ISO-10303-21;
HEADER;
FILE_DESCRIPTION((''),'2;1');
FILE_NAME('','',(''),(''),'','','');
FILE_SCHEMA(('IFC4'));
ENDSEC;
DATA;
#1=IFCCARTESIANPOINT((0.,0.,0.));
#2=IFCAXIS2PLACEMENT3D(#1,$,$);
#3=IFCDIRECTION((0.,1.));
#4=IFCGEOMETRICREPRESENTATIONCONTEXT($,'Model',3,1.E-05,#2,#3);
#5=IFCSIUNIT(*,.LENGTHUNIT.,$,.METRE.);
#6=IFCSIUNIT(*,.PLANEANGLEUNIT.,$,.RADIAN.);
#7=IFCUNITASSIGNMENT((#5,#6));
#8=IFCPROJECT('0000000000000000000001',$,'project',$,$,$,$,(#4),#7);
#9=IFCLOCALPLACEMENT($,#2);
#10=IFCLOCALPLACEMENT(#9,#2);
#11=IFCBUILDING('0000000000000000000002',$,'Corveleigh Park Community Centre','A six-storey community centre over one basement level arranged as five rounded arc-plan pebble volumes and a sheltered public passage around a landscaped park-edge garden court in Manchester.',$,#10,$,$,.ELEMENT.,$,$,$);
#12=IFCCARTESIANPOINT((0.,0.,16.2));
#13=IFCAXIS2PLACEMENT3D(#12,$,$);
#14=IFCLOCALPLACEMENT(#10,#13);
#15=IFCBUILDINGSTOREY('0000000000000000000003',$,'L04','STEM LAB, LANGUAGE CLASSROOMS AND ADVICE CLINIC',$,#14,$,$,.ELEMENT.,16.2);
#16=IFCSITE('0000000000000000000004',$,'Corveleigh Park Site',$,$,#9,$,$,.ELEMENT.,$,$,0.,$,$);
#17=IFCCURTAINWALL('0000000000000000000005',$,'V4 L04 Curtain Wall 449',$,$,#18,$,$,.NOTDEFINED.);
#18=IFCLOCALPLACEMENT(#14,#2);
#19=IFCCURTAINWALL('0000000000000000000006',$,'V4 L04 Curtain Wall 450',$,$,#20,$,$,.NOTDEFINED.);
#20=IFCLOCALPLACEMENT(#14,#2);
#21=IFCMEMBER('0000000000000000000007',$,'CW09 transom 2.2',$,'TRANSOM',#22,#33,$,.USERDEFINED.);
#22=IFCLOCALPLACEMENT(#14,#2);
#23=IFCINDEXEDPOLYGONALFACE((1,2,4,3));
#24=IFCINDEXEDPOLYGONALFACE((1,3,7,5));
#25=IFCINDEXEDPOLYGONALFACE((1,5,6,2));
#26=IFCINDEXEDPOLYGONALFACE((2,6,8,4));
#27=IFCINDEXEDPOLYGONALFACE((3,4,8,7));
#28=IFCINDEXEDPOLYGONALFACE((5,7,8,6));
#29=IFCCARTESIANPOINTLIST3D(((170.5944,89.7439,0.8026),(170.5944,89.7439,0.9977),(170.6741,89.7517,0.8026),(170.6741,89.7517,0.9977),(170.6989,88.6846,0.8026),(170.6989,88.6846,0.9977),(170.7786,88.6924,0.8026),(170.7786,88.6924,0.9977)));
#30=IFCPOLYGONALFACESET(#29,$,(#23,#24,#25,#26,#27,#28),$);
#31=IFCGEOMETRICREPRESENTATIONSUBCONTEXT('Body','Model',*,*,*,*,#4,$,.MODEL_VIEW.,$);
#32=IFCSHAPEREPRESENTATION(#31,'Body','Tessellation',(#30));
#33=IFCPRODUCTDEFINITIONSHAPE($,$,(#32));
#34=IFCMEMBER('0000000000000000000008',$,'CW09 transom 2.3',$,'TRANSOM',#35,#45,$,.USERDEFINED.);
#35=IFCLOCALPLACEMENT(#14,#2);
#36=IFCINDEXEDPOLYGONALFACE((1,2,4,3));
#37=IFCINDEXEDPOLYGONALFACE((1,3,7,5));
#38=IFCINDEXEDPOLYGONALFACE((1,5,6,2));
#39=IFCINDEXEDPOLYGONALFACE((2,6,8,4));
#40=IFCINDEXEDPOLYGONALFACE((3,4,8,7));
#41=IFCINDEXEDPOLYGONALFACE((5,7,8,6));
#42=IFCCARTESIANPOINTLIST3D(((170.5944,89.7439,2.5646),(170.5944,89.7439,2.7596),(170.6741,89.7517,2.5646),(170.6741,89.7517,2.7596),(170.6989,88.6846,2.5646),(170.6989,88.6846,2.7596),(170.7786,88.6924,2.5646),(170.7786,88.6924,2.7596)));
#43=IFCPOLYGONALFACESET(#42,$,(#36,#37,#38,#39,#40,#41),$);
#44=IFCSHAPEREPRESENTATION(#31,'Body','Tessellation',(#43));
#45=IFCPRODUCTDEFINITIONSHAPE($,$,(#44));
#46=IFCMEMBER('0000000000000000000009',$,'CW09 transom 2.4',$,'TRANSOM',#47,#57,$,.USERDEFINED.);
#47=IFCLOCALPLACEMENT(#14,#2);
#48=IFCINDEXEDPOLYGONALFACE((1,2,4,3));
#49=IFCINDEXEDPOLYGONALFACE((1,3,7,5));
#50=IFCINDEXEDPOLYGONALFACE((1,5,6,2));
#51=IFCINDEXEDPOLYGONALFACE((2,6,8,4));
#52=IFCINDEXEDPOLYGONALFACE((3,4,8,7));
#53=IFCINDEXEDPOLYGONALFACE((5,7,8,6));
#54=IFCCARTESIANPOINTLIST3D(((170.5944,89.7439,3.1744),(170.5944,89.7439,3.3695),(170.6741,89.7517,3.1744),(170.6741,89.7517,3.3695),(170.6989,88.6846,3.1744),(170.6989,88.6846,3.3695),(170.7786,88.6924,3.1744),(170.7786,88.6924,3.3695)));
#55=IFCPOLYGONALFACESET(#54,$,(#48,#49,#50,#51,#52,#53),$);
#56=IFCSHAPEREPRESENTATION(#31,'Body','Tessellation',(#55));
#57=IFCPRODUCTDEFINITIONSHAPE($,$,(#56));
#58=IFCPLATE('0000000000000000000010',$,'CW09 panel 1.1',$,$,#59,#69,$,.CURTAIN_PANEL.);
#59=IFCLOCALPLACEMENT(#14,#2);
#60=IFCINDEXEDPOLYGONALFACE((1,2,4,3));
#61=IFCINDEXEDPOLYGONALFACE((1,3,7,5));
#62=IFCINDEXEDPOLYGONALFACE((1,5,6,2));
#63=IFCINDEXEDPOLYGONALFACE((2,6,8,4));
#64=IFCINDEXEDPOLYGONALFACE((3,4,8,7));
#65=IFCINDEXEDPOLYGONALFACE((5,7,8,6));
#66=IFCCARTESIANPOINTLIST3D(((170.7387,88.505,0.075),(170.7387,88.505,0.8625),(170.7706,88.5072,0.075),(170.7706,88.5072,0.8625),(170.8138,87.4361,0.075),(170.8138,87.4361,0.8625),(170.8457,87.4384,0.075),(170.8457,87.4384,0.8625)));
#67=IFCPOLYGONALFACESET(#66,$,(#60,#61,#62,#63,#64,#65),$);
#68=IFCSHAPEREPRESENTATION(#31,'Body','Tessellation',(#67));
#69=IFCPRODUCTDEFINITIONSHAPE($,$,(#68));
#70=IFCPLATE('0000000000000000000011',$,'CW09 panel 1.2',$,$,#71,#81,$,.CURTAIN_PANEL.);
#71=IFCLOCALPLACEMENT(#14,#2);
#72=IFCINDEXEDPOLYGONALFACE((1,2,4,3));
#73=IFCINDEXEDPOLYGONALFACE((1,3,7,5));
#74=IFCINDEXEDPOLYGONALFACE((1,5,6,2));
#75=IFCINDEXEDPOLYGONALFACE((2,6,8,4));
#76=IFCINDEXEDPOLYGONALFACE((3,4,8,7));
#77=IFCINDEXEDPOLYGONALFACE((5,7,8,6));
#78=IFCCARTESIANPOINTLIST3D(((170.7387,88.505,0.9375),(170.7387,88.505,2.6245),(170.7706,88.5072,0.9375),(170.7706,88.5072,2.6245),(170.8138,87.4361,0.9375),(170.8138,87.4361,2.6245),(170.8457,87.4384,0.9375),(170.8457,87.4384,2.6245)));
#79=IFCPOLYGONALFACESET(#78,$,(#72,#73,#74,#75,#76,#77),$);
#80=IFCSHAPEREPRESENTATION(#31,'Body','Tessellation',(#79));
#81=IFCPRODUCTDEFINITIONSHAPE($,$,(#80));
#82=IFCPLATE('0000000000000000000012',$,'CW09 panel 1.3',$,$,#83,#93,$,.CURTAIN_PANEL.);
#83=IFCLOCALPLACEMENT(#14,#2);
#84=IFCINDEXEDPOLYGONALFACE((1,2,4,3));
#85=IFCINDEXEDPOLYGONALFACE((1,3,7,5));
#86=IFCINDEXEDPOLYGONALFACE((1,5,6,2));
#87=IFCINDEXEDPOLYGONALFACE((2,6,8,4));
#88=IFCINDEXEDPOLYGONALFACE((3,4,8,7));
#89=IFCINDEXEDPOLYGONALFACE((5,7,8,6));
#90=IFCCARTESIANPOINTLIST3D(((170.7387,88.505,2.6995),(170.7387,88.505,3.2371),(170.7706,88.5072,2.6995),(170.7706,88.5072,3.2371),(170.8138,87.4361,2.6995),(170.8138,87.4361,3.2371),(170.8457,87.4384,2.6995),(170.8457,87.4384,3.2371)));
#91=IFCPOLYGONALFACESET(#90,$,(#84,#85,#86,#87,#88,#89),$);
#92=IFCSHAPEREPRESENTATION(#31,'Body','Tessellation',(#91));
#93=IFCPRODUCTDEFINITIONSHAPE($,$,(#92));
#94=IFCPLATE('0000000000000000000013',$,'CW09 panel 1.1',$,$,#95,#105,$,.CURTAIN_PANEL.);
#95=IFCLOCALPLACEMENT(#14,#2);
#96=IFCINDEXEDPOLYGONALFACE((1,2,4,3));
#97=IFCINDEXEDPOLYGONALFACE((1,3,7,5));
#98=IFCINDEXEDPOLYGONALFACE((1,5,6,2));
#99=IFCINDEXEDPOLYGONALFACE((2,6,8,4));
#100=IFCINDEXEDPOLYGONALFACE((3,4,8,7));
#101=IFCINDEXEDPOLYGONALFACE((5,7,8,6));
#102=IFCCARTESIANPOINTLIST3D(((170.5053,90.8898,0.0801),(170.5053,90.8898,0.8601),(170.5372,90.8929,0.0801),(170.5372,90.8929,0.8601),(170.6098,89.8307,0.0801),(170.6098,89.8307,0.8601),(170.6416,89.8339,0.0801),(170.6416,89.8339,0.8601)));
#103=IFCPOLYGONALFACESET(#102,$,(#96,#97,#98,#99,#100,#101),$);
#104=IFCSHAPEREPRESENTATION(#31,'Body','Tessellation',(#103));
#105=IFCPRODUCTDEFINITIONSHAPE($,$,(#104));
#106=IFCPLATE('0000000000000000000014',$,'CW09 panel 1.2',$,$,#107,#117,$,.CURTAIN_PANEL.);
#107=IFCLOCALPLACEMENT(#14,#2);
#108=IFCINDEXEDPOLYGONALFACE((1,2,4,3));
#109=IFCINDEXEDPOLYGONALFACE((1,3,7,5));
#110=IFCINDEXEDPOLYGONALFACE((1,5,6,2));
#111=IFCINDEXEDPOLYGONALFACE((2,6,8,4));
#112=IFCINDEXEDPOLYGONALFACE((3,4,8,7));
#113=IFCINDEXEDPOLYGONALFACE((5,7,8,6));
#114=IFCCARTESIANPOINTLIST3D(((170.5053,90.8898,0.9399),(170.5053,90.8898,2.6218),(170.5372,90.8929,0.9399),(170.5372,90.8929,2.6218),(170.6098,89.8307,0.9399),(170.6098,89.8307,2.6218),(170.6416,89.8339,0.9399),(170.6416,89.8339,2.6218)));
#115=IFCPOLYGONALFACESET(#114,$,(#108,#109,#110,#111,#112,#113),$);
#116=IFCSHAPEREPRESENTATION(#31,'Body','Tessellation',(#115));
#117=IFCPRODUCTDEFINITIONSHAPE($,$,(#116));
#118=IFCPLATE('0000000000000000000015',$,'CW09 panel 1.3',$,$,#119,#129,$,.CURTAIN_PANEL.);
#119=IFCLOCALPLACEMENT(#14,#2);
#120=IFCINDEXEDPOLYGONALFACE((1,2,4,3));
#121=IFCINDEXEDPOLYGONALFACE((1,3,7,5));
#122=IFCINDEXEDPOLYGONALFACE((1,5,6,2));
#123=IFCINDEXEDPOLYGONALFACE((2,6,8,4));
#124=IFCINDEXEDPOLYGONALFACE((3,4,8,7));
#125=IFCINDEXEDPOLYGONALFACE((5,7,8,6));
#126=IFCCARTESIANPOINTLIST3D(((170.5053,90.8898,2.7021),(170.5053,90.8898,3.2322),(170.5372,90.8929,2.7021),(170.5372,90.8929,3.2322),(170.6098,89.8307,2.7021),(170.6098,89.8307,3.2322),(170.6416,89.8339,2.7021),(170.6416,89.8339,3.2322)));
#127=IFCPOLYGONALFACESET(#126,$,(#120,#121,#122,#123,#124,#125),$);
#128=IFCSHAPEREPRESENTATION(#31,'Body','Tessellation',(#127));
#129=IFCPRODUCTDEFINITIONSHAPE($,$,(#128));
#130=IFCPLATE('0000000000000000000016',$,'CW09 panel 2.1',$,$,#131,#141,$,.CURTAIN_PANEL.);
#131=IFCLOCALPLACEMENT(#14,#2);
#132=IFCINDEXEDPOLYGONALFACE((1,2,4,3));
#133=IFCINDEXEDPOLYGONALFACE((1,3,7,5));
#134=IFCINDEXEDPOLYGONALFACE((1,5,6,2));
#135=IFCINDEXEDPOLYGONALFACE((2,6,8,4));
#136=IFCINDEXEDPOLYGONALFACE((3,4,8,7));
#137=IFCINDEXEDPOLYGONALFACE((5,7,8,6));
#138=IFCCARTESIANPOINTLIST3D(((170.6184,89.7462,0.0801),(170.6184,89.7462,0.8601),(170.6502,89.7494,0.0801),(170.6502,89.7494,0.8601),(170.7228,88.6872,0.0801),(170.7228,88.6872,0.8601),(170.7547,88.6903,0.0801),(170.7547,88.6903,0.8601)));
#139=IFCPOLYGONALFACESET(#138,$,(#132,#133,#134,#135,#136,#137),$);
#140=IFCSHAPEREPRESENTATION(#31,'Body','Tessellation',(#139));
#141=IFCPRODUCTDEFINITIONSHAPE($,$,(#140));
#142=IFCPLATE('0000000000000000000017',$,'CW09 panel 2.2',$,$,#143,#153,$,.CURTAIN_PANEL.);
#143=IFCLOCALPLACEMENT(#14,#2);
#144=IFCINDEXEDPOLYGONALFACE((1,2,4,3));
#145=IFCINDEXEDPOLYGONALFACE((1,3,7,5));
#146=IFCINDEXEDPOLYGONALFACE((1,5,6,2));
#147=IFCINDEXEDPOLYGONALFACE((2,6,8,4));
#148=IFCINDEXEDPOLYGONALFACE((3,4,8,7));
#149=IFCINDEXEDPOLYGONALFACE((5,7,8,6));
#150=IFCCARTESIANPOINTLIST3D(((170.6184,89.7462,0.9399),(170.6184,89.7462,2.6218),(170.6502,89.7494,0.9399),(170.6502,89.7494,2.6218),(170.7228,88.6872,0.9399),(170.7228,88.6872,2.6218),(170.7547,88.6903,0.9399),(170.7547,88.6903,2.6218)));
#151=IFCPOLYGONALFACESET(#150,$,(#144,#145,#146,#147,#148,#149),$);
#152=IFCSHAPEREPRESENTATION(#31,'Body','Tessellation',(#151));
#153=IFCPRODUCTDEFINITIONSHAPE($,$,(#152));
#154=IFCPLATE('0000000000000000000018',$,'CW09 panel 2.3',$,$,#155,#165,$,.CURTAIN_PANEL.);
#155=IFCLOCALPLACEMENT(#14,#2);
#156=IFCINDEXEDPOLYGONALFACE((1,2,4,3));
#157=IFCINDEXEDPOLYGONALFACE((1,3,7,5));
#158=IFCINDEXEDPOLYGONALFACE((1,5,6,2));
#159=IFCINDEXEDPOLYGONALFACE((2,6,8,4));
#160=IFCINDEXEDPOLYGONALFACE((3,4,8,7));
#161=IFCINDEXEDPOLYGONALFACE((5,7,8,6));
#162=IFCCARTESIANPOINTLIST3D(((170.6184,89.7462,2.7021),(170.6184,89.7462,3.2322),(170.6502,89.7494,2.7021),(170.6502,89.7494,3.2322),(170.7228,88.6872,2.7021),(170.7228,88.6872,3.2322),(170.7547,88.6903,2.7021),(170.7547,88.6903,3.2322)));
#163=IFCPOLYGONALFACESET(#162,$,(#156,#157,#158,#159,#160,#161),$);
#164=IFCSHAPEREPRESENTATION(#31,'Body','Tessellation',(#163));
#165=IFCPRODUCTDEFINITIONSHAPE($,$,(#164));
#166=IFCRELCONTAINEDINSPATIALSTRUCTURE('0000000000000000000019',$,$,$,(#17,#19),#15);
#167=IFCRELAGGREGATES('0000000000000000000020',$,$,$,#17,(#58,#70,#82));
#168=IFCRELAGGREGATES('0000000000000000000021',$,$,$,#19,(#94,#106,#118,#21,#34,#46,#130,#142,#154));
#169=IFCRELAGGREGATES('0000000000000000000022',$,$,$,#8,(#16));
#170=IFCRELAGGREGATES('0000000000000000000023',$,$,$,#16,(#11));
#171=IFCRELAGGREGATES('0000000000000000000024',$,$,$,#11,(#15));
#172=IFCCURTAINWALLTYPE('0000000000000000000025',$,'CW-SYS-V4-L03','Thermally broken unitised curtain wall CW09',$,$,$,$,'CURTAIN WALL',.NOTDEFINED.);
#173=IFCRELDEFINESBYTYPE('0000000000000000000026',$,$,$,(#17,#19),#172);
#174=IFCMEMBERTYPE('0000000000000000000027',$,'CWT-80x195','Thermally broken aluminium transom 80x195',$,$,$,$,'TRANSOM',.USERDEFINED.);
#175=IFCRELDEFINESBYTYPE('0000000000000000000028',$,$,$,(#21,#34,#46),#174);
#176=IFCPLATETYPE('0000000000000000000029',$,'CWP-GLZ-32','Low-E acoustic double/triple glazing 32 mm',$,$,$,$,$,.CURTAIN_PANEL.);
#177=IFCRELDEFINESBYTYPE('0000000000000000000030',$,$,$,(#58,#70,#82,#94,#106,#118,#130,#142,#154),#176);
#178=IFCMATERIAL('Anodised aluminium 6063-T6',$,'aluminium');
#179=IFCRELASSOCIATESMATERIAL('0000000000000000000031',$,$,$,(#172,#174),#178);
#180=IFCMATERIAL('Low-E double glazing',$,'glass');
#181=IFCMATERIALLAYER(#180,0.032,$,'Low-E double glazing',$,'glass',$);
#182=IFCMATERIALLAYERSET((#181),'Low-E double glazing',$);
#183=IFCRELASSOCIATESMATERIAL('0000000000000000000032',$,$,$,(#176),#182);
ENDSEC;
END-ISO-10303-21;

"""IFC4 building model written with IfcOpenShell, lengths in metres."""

from ifc_helpers import new_model, si_unit, direction, frame, origin, origin_2d, place, context, subcontext, project, spatial, rectangle, extrude, material, layer, layer_set, material_profile, profile_set, type_object, element, aggregate, save


model = new_model("IFC4")

# Units and contexts
model_context = context("Model", 3, precision=1e-05, world=origin(), true_north=direction((0.0, 1.0)))
body_context = subcontext(model_context, "Body", "Model", "MODEL_VIEW")
ifc_project = project(units=[si_unit("LENGTHUNIT", "METRE"), si_unit("PLANEANGLEUNIT", "RADIAN")], contexts=[model_context])

# Site, building, storey
site_placement = place(None, origin())
site = spatial("IfcSite", under=ifc_project, at=site_placement, Name="Corveleigh Park Site", CompositionType="ELEMENT", RefElevation=0.0)
building_placement = place(site_placement, origin())
building = spatial("IfcBuilding", under=site, at=building_placement, Name="Corveleigh Park Community Centre", Description="A six-storey community centre over one basement level arranged as five rounded arc-plan pebble volumes and a sheltered public passage around a landscaped park-edge garden court in Manchester.", CompositionType="ELEMENT")
storey_placement = place(building_placement, frame((0.0, 0.0, 16.2)))
storey = spatial("IfcBuildingStorey", under=building, at=storey_placement, Name="L04", Description="STEM LAB, LANGUAGE CLASSROOMS AND ADVICE CLINIC", CompositionType="ELEMENT", Elevation=16.2)

# Curtain walls
ifc_material_1 = material(Name="Anodised aluminium 6063-T6", Category="aluminium")
curtain_wall_type = type_object("IfcCurtainWallType", Name="CW-SYS-V4-L03", Description="Thermally broken unitised curtain wall CW09", ElementType="CURTAIN WALL", PredefinedType="NOTDEFINED", material=ifc_material_1)
curtain_wall_1_placement = place(storey_placement, origin())
curtain_wall_1 = element("IfcCurtainWall", 1, at=curtain_wall_1_placement, inside=storey, type_object=curtain_wall_type, Name="V4 L04 Curtain Wall 449", PredefinedType="NOTDEFINED")
curtain_wall_2_placement = place(storey_placement, origin())
curtain_wall_2 = element("IfcCurtainWall", 2, at=curtain_wall_2_placement, inside=storey, type_object=curtain_wall_type, Name="V4 L04 Curtain Wall 450", PredefinedType="NOTDEFINED")

# Members
ifc_material_profile_1 = material_profile(ifc_material_1, rectangle(XDim=0.0801, YDim=0.1951, at=origin_2d()), Name="ALU-T80x195", Category="aluminium")
ifc_profile_set_1 = profile_set([ifc_material_profile_1], Name="Anodised aluminium 6063-T6")
member_type_1 = type_object("IfcMemberType", Name="CWT-80x195", Description="Thermally broken aluminium transom 80x195", ElementType="TRANSOM", PredefinedType="USERDEFINED", material=ifc_profile_set_1)
member_1_placement = place(storey_placement, frame((170.6343, 89.7478, 0.9001), z_axis=(0.098164, -0.99517, 0.0), x_axis=(0.99517, 0.098164, 0.0)))
member_1 = element("IfcMember", 3, at=member_1_placement, type_object=member_type_1, Name="CW09 transom 2.2", ObjectType="TRANSOM", PredefinedType="USERDEFINED", context=body_context, shape_type="SweptSolid", body=[
    extrude(rectangle(XDim=0.0801, YDim=0.1951, at=origin_2d()), origin(), (0.0, 0.0, 1.0), 1.0645),
])
member_2_placement = place(storey_placement, frame((170.6343, 89.7478, 2.6621), z_axis=(0.098164, -0.99517, 0.0), x_axis=(0.99517, 0.098164, 0.0)))
member_2 = element("IfcMember", 4, at=member_2_placement, type_object=member_type_1, Name="CW09 transom 2.3", ObjectType="TRANSOM", PredefinedType="USERDEFINED", context=body_context, shape_type="SweptSolid", body=[
    extrude(rectangle(XDim=0.0801, YDim=0.1951, at=origin_2d()), origin(), (0.0, 0.0, 1.0), 1.0645),
])
member_3_placement = place(storey_placement, frame((170.6343, 89.7478, 3.272), z_axis=(0.098164, -0.99517, 0.0), x_axis=(0.99517, 0.098164, 0.0)))
member_3 = element("IfcMember", 5, at=member_3_placement, type_object=member_type_1, Name="CW09 transom 2.4", ObjectType="TRANSOM", PredefinedType="USERDEFINED", context=body_context, shape_type="SweptSolid", body=[
    extrude(rectangle(XDim=0.0801, YDim=0.1951, at=origin_2d()), origin(), (0.0, 0.0, 1.0), 1.0645),
])

# Plates
ifc_material_2 = material(Name="Low-E double glazing", Category="glass")
ifc_layer = layer(ifc_material_2, 0.032, Name="Low-E double glazing", Category="glass")
ifc_layer_set = layer_set([ifc_layer], Name="Low-E double glazing")
plate_type = type_object("IfcPlateType", Name="CWP-GLZ-32", Description="Low-E acoustic double/triple glazing 32 mm", PredefinedType="CURTAIN_PANEL", material=ifc_layer_set)
plate_1_placement = place(storey_placement, frame((170.7922, 87.9717, 0.075), z_axis=(0.0, 0.0, 1.0), x_axis=(0.070084, -0.997541, 0.0)))
plate_1 = element("IfcPlate", 6, at=plate_1_placement, type_object=plate_type, Name="CW09 panel 1.1", PredefinedType="CURTAIN_PANEL", context=body_context, shape_type="SweptSolid", body=[
    extrude(rectangle(XDim=1.0715, YDim=0.032, at=origin_2d()), origin(), (0.0, 0.0, 1.0), 0.7876),
])
plate_2_placement = place(storey_placement, frame((170.7922, 87.9717, 0.9375), z_axis=(0.0, 0.0, 1.0), x_axis=(0.070084, -0.997541, 0.0)))
plate_2 = element("IfcPlate", 7, at=plate_2_placement, type_object=plate_type, Name="CW09 panel 1.2", PredefinedType="CURTAIN_PANEL", context=body_context, shape_type="SweptSolid", body=[
    extrude(rectangle(XDim=1.0715, YDim=0.032, at=origin_2d()), origin(), (0.0, 0.0, 1.0), 1.687),
])
plate_3_placement = place(storey_placement, frame((170.7922, 87.9717, 2.6995), z_axis=(0.0, 0.0, 1.0), x_axis=(0.070084, -0.997541, 0.0)))
plate_3 = element("IfcPlate", 8, at=plate_3_placement, type_object=plate_type, Name="CW09 panel 1.3", PredefinedType="CURTAIN_PANEL", context=body_context, shape_type="SweptSolid", body=[
    extrude(rectangle(XDim=1.0715, YDim=0.032, at=origin_2d()), origin(), (0.0, 0.0, 1.0), 0.5376),
])
aggregate(curtain_wall_1, [plate_1, plate_2, plate_3])
plate_4_placement = place(storey_placement, frame((170.5735, 90.3618, 0.0801), z_axis=(0.0, 0.0, 1.0), x_axis=(0.098174, -0.995169, 0.0)))
plate_4 = element("IfcPlate", 9, at=plate_4_placement, type_object=plate_type, Name="CW09 panel 1.1", PredefinedType="CURTAIN_PANEL", context=body_context, shape_type="SweptSolid", body=[
    extrude(rectangle(XDim=1.0642, YDim=0.032, at=origin_2d()), origin(), (0.0, 0.0, 1.0), 0.78),
])
plate_5_placement = place(storey_placement, frame((170.5735, 90.3618, 0.9399), z_axis=(0.0, 0.0, 1.0), x_axis=(0.098174, -0.995169, 0.0)))
plate_5 = element("IfcPlate", 10, at=plate_5_placement, type_object=plate_type, Name="CW09 panel 1.2", PredefinedType="CURTAIN_PANEL", context=body_context, shape_type="SweptSolid", body=[
    extrude(rectangle(XDim=1.0642, YDim=0.032, at=origin_2d()), origin(), (0.0, 0.0, 1.0), 1.6819),
])
plate_6_placement = place(storey_placement, frame((170.5735, 90.3618, 2.7021), z_axis=(0.0, 0.0, 1.0), x_axis=(0.098174, -0.995169, 0.0)))
plate_6 = element("IfcPlate", 11, at=plate_6_placement, type_object=plate_type, Name="CW09 panel 1.3", PredefinedType="CURTAIN_PANEL", context=body_context, shape_type="SweptSolid", body=[
    extrude(rectangle(XDim=1.0642, YDim=0.032, at=origin_2d()), origin(), (0.0, 0.0, 1.0), 0.53),
])
plate_7_placement = place(storey_placement, frame((170.6865, 89.2183, 0.0801), z_axis=(0.0, 0.0, 1.0), x_axis=(0.098174, -0.995169, 0.0)))
plate_7 = element("IfcPlate", 12, at=plate_7_placement, type_object=plate_type, Name="CW09 panel 2.1", PredefinedType="CURTAIN_PANEL", context=body_context, shape_type="SweptSolid", body=[
    extrude(rectangle(XDim=1.0642, YDim=0.032, at=origin_2d()), origin(), (0.0, 0.0, 1.0), 0.78),
])
plate_8_placement = place(storey_placement, frame((170.6865, 89.2183, 0.9399), z_axis=(0.0, 0.0, 1.0), x_axis=(0.098174, -0.995169, 0.0)))
plate_8 = element("IfcPlate", 13, at=plate_8_placement, type_object=plate_type, Name="CW09 panel 2.2", PredefinedType="CURTAIN_PANEL", context=body_context, shape_type="SweptSolid", body=[
    extrude(rectangle(XDim=1.0642, YDim=0.032, at=origin_2d()), origin(), (0.0, 0.0, 1.0), 1.6819),
])
plate_9_placement = place(storey_placement, frame((170.6865, 89.2183, 2.7021), z_axis=(0.0, 0.0, 1.0), x_axis=(0.098174, -0.995169, 0.0)))
plate_9 = element("IfcPlate", 14, at=plate_9_placement, type_object=plate_type, Name="CW09 panel 2.3", PredefinedType="CURTAIN_PANEL", context=body_context, shape_type="SweptSolid", body=[
    extrude(rectangle(XDim=1.0642, YDim=0.032, at=origin_2d()), origin(), (0.0, 0.0, 1.0), 0.53),
])
aggregate(curtain_wall_2, [plate_4, plate_5, plate_6, member_1, member_2, member_3, plate_7, plate_8, plate_9])

save(model, "model.ifc")
